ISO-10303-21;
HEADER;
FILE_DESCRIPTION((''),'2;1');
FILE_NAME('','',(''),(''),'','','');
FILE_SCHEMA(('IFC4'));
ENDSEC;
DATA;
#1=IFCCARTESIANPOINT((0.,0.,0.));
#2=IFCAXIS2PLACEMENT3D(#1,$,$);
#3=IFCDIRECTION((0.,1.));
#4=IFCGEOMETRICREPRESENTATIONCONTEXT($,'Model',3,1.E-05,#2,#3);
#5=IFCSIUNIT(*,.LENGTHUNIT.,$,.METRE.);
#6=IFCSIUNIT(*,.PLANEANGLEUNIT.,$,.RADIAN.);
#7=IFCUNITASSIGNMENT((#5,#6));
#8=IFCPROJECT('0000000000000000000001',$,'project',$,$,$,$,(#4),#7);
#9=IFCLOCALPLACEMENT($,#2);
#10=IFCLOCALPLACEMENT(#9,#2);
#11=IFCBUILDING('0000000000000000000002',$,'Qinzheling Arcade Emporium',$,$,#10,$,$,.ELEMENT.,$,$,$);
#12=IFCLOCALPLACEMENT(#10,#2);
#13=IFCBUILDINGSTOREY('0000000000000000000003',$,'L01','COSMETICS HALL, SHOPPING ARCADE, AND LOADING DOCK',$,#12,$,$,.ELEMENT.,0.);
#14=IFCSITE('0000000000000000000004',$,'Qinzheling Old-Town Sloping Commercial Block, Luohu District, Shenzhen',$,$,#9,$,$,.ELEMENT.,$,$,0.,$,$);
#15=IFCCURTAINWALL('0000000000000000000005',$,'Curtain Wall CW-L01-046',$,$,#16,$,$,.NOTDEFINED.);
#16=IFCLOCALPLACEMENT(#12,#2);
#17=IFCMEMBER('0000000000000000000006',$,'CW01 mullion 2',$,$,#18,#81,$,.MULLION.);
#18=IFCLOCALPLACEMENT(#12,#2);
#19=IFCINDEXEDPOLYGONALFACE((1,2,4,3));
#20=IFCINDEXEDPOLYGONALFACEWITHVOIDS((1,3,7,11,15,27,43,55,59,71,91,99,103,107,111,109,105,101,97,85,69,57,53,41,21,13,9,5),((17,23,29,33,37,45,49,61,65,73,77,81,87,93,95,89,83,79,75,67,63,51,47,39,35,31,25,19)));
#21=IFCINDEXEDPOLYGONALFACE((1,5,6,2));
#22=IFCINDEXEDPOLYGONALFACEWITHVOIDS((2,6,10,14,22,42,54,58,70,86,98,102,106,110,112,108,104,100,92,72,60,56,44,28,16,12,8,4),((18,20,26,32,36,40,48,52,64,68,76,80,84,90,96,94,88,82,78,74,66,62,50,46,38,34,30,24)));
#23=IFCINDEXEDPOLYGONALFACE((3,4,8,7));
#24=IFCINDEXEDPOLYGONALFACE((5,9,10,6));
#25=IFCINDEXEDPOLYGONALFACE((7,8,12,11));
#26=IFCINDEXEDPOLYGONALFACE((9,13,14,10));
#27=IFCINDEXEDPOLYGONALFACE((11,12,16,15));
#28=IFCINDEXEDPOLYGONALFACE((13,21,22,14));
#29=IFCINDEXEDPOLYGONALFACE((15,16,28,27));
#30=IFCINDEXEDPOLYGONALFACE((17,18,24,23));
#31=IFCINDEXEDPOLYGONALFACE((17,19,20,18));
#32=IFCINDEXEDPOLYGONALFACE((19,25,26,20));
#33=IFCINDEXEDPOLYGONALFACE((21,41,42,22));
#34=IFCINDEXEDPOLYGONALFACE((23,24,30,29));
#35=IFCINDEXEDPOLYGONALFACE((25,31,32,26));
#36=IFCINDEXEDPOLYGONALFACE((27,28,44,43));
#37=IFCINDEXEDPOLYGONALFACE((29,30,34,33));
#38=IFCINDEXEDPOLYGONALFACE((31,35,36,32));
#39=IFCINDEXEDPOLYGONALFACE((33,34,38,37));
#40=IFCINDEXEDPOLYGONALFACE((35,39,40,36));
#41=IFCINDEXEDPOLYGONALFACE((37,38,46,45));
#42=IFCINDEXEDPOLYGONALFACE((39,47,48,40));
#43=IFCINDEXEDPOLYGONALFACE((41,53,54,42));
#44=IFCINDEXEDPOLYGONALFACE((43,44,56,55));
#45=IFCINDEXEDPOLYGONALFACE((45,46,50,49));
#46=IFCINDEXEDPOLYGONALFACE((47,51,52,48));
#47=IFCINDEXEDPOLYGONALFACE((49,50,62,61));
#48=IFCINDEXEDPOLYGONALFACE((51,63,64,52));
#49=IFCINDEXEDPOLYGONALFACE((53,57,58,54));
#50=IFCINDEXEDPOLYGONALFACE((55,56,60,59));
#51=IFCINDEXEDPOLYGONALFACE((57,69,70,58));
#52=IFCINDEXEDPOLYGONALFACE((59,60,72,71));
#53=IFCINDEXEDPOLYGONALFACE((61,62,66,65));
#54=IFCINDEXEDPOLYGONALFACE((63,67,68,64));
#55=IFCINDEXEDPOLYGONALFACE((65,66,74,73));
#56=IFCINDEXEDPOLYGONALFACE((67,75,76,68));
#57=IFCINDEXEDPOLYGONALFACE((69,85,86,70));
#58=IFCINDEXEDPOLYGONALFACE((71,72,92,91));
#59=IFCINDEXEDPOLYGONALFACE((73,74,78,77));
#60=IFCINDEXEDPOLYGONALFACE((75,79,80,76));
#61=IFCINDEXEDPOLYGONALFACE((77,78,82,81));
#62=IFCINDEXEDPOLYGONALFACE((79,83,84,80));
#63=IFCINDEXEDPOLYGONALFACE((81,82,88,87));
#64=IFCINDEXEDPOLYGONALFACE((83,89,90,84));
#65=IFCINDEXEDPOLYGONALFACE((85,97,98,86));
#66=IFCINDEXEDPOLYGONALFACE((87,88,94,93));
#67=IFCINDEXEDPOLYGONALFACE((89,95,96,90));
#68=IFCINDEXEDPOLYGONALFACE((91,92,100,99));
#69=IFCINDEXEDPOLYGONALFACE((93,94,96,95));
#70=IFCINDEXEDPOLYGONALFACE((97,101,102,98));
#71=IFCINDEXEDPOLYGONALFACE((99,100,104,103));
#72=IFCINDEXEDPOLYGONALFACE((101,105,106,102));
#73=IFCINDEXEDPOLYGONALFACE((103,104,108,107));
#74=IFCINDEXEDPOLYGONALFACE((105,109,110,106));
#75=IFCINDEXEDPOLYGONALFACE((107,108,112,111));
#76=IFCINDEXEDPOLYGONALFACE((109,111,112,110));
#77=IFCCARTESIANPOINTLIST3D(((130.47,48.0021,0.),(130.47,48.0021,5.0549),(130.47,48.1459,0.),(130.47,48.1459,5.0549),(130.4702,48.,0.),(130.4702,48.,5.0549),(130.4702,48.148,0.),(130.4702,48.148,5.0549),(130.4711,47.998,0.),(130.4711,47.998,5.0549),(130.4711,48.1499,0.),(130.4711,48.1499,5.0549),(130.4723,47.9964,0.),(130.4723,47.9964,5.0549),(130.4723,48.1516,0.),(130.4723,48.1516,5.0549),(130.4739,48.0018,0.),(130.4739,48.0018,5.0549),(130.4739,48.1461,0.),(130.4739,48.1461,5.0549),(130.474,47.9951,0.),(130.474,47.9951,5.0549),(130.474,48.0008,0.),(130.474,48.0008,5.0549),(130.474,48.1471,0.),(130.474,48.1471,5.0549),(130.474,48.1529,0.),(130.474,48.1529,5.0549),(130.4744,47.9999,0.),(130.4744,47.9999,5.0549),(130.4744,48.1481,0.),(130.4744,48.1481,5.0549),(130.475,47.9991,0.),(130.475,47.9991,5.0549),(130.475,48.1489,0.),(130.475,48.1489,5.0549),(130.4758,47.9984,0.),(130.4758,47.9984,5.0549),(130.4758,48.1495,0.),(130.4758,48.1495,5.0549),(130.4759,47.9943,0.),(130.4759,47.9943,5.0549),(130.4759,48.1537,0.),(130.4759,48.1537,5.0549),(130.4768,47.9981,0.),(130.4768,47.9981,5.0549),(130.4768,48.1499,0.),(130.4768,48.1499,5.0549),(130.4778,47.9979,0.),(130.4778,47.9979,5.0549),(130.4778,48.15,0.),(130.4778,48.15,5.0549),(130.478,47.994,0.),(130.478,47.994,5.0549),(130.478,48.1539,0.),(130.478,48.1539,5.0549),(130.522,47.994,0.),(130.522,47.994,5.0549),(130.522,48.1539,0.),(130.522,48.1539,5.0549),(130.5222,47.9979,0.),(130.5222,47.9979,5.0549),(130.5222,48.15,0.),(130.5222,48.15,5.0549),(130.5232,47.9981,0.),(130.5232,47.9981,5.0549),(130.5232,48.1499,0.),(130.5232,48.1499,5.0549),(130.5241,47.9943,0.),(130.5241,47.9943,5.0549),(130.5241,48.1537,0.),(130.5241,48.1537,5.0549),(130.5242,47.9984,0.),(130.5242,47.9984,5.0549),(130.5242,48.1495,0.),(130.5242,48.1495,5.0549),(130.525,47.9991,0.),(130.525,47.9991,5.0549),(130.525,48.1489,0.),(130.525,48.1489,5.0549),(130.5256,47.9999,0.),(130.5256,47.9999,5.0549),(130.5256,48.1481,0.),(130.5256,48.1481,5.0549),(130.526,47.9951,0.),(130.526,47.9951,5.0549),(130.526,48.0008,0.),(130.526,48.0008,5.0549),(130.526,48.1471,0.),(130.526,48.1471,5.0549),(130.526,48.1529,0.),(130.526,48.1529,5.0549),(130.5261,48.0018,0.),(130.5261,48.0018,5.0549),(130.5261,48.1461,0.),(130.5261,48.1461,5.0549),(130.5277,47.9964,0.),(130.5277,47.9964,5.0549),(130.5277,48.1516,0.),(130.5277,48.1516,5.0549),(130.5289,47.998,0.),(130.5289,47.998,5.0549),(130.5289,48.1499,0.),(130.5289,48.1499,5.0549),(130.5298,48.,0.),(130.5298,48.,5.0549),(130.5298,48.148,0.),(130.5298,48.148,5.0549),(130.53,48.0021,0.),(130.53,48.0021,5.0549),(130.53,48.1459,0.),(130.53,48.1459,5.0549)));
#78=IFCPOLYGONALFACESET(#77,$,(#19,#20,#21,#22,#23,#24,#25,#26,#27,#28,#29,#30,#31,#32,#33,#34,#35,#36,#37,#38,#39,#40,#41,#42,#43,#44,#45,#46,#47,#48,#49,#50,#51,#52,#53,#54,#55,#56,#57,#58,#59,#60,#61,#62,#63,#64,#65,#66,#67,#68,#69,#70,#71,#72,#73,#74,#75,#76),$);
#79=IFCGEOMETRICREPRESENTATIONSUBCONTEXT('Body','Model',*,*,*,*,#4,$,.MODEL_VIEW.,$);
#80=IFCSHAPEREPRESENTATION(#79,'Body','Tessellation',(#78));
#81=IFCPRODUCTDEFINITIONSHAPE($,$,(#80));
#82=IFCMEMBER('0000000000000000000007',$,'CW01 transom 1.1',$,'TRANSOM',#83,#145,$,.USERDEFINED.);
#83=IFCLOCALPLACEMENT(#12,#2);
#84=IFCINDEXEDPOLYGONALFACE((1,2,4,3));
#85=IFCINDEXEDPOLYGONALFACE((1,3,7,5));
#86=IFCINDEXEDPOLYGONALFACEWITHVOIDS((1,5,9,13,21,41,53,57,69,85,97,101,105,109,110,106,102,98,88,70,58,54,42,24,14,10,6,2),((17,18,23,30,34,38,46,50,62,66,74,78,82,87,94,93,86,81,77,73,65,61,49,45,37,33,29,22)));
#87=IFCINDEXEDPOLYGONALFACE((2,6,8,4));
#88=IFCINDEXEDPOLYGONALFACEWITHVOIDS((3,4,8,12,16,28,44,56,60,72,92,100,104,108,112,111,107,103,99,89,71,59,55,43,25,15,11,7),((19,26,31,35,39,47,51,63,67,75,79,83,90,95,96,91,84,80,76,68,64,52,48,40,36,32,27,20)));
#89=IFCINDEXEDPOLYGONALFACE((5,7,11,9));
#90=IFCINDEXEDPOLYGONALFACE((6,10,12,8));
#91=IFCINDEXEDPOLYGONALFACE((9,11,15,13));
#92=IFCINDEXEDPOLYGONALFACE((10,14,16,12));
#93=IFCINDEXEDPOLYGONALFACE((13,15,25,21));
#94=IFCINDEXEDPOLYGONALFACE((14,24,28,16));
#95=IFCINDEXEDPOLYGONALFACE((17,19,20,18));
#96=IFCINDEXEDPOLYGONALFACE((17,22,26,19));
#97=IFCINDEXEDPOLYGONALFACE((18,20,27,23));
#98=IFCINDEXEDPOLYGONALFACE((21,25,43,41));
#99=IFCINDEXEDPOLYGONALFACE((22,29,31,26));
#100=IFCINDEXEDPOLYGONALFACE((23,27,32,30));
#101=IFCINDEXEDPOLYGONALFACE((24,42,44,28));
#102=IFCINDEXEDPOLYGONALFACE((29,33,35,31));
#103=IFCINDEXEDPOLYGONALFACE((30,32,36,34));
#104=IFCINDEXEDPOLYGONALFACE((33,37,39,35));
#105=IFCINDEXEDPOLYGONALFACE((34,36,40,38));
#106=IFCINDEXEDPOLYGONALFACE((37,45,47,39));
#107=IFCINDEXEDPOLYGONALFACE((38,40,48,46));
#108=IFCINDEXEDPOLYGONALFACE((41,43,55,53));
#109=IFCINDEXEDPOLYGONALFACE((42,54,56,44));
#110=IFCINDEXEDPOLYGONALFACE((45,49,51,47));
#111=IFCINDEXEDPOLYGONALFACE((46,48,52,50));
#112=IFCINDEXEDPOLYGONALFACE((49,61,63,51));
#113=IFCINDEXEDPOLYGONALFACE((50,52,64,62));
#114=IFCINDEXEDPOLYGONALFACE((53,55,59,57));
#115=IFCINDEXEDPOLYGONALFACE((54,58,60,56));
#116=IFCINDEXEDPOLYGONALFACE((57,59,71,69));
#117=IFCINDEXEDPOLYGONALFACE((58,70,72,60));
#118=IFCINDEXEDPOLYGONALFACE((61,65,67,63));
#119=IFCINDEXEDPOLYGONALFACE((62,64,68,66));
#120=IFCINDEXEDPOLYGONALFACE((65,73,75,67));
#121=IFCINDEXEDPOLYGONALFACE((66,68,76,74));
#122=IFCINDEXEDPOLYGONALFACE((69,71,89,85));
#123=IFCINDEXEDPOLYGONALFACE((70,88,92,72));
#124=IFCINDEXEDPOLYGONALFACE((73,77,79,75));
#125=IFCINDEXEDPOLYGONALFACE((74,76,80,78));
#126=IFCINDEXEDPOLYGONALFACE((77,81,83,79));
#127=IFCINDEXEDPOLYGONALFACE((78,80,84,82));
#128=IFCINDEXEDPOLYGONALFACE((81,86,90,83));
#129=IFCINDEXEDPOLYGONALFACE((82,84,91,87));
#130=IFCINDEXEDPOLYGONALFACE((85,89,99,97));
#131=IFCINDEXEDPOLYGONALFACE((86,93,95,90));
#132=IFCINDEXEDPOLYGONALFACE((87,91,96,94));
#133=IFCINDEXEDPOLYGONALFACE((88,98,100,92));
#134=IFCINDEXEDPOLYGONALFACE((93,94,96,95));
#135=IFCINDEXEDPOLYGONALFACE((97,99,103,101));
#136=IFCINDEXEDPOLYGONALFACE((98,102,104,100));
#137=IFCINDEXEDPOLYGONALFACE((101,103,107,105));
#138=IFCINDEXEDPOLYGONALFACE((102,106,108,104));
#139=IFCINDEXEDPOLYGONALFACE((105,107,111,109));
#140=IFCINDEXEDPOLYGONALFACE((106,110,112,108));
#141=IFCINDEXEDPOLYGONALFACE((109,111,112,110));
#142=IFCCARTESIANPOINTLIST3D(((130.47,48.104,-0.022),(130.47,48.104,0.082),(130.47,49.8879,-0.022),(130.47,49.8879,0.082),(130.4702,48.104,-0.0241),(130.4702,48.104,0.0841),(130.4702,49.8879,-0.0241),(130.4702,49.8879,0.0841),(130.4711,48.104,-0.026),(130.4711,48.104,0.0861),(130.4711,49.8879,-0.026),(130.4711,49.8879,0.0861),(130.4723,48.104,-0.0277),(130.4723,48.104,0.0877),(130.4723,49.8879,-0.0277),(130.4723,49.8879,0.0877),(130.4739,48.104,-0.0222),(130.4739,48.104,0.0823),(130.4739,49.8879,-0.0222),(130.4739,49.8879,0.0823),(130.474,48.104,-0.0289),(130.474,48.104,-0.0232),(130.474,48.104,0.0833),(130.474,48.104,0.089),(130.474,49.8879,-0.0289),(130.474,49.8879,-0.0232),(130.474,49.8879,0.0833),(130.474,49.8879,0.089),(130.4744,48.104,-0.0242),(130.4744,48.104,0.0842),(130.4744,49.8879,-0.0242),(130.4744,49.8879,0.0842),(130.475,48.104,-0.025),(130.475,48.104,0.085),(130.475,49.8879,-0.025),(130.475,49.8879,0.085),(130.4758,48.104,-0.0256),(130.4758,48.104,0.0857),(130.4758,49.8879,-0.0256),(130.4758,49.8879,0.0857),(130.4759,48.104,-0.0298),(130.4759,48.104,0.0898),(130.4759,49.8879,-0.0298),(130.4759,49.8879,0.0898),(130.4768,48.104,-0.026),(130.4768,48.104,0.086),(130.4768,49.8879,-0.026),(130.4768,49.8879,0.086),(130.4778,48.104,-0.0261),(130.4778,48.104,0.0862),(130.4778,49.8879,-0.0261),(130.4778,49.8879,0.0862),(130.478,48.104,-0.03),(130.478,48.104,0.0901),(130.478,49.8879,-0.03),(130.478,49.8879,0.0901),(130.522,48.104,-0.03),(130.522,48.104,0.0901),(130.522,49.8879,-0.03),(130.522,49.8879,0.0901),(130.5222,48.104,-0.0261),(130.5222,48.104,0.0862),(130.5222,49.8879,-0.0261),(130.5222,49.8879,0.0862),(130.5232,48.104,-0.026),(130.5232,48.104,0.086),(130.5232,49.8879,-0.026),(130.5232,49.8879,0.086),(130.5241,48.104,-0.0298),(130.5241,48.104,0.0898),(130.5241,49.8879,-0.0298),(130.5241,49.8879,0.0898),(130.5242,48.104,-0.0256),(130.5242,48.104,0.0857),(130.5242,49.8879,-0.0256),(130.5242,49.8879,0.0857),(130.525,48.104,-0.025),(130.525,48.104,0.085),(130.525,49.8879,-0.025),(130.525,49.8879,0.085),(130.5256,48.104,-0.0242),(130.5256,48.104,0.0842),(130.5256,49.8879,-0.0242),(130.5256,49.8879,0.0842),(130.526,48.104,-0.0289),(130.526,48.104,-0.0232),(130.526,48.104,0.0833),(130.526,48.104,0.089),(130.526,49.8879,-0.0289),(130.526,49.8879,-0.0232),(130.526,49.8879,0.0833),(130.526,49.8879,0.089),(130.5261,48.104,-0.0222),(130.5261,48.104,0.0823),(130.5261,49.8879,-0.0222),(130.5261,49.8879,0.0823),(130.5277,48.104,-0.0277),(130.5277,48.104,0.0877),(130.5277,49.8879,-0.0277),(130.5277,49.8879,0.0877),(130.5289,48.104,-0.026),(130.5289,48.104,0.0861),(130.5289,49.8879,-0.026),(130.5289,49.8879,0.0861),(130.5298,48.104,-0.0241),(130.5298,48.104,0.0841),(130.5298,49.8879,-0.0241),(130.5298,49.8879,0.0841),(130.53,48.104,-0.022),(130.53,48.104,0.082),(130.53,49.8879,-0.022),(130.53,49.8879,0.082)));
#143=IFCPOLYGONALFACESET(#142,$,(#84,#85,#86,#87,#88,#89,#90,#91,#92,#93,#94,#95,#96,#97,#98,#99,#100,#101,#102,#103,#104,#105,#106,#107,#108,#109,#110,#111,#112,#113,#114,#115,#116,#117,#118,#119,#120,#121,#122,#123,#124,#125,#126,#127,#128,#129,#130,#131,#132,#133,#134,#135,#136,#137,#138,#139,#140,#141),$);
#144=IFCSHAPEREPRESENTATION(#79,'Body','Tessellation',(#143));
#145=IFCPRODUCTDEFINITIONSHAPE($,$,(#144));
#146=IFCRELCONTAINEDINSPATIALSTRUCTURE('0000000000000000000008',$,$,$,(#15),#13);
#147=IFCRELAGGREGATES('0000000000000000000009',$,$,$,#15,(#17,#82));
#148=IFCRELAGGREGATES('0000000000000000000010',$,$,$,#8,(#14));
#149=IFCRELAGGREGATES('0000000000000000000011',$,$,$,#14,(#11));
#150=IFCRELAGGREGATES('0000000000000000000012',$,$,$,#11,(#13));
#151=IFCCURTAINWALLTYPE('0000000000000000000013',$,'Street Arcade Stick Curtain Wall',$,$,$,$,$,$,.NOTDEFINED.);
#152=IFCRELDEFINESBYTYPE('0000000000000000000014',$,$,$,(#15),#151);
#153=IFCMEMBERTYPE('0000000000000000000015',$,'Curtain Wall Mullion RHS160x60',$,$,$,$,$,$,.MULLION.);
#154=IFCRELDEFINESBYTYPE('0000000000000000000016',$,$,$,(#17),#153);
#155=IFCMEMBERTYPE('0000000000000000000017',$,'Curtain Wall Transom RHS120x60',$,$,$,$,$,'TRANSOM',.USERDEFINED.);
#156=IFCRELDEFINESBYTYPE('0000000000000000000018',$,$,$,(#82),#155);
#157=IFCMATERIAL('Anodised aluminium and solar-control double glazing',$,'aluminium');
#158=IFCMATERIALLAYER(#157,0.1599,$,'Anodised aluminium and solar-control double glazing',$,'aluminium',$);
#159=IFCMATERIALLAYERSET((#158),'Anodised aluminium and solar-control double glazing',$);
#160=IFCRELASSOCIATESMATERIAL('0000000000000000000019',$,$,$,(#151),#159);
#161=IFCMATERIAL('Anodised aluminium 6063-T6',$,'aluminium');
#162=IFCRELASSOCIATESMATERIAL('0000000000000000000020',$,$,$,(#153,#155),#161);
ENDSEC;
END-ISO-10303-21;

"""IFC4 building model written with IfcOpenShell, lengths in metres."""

from ifc_helpers import new_model, si_unit, direction, frame, origin, origin_2d, place, context, subcontext, project, spatial, hollow_rectangle, extrude, material, layer, layer_set, material_profile, profile_set, type_object, element, aggregate, save


model = new_model("IFC4")

# Units and contexts
model_context = context("Model", 3, precision=1e-05, world=origin(), true_north=direction((0.0, 1.0)))
body_context = subcontext(model_context, "Body", "Model", "MODEL_VIEW")
ifc_project = project(units=[si_unit("LENGTHUNIT", "METRE"), si_unit("PLANEANGLEUNIT", "RADIAN")], contexts=[model_context])

# Site, building, storey
site_placement = place(None, origin())
site = spatial("IfcSite", under=ifc_project, at=site_placement, Name="Qinzheling Old-Town Sloping Commercial Block, Luohu District, Shenzhen", CompositionType="ELEMENT", RefElevation=0.0)
building_placement = place(site_placement, origin())
building = spatial("IfcBuilding", under=site, at=building_placement, Name="Qinzheling Arcade Emporium", CompositionType="ELEMENT")
storey_placement = place(building_placement, origin())
storey = spatial("IfcBuildingStorey", under=building, at=storey_placement, Name="L01", Description="COSMETICS HALL, SHOPPING ARCADE, AND LOADING DOCK", CompositionType="ELEMENT", Elevation=0.0)

# Shared definitions
ifc_material_1 = material(Name="Anodised aluminium and solar-control double glazing", Category="aluminium")
ifc_layer_1 = layer(ifc_material_1, 0.1599, Name="Anodised aluminium and solar-control double glazing", Category="aluminium")
ifc_layer_set_1 = layer_set([ifc_layer_1], Name="Anodised aluminium and solar-control double glazing")
curtain_wall_type = type_object("IfcCurtainWallType", Name="Street Arcade Stick Curtain Wall", PredefinedType="NOTDEFINED", material=ifc_layer_set_1)
ifc_material_2 = material(Name="Anodised aluminium 6063-T6", Category="aluminium")
ifc_material_profile_1 = material_profile(ifc_material_2, hollow_rectangle(XDim=0.0601, YDim=0.1599, WallThickness=0.0039, InnerFilletRadius=0.0039, OuterFilletRadius=0.0081, at=origin_2d()), Name="RHS 160x60x4", Category="aluminium")
ifc_profile_set_1 = profile_set([ifc_material_profile_1], Name="Anodised aluminium 6063-T6")
member_type_1 = type_object("IfcMemberType", Name="Curtain Wall Mullion RHS160x60", PredefinedType="MULLION", material=ifc_profile_set_1)

# Curtain wall, members
curtain_wall_1_placement = place(storey_placement, origin())
curtain_wall_1 = element("IfcCurtainWall", 1, at=curtain_wall_1_placement, inside=storey, type_object=curtain_wall_type, Name="Curtain Wall CW-L01-046", PredefinedType="NOTDEFINED")
member_1_placement = place(storey_placement, frame((130.5, 48.074, 0.0), z_axis=(0.0, 0.0, 1.0), x_axis=(1.0, 0.0, 0.0)))
member_1 = element("IfcMember", 2, at=member_1_placement, type_object=member_type_1, Name="CW01 mullion 2", PredefinedType="MULLION", context=body_context, shape_type="SweptSolid", body=[
    extrude(hollow_rectangle(XDim=0.0601, YDim=0.1599, WallThickness=0.0039, InnerFilletRadius=0.0039, OuterFilletRadius=0.0081, at=origin_2d()), origin(), (0.0, 0.0, 1.0), 5.0549),
])
ifc_material_profile_2 = material_profile(ifc_material_2, hollow_rectangle(XDim=0.0601, YDim=0.1201, WallThickness=0.0039, InnerFilletRadius=0.0039, OuterFilletRadius=0.0081, at=origin_2d()), Name="RHS 120x60x4", Category="aluminium")
ifc_profile_set_2 = profile_set([ifc_material_profile_2], Name="Anodised aluminium 6063-T6")
member_type_2 = type_object("IfcMemberType", Name="Curtain Wall Transom RHS120x60", ElementType="TRANSOM", PredefinedType="USERDEFINED", material=ifc_profile_set_2)
member_2_placement = place(storey_placement, frame((130.5, 49.8879, 0.03), z_axis=(0.0, -1.0, 0.0), x_axis=(1.0, 0.0, 0.0)))
member_2 = element("IfcMember", 3, at=member_2_placement, type_object=member_type_2, Name="CW01 transom 1.1", ObjectType="TRANSOM", PredefinedType="USERDEFINED", context=body_context, shape_type="SweptSolid", body=[
    extrude(hollow_rectangle(XDim=0.0601, YDim=0.1201, WallThickness=0.0039, InnerFilletRadius=0.0039, OuterFilletRadius=0.0081, at=origin_2d()), origin(), (0.0, 0.0, 1.0), 1.7839),
])

aggregate(curtain_wall_1, [member_1, member_2])

save(model, "model.ifc")
